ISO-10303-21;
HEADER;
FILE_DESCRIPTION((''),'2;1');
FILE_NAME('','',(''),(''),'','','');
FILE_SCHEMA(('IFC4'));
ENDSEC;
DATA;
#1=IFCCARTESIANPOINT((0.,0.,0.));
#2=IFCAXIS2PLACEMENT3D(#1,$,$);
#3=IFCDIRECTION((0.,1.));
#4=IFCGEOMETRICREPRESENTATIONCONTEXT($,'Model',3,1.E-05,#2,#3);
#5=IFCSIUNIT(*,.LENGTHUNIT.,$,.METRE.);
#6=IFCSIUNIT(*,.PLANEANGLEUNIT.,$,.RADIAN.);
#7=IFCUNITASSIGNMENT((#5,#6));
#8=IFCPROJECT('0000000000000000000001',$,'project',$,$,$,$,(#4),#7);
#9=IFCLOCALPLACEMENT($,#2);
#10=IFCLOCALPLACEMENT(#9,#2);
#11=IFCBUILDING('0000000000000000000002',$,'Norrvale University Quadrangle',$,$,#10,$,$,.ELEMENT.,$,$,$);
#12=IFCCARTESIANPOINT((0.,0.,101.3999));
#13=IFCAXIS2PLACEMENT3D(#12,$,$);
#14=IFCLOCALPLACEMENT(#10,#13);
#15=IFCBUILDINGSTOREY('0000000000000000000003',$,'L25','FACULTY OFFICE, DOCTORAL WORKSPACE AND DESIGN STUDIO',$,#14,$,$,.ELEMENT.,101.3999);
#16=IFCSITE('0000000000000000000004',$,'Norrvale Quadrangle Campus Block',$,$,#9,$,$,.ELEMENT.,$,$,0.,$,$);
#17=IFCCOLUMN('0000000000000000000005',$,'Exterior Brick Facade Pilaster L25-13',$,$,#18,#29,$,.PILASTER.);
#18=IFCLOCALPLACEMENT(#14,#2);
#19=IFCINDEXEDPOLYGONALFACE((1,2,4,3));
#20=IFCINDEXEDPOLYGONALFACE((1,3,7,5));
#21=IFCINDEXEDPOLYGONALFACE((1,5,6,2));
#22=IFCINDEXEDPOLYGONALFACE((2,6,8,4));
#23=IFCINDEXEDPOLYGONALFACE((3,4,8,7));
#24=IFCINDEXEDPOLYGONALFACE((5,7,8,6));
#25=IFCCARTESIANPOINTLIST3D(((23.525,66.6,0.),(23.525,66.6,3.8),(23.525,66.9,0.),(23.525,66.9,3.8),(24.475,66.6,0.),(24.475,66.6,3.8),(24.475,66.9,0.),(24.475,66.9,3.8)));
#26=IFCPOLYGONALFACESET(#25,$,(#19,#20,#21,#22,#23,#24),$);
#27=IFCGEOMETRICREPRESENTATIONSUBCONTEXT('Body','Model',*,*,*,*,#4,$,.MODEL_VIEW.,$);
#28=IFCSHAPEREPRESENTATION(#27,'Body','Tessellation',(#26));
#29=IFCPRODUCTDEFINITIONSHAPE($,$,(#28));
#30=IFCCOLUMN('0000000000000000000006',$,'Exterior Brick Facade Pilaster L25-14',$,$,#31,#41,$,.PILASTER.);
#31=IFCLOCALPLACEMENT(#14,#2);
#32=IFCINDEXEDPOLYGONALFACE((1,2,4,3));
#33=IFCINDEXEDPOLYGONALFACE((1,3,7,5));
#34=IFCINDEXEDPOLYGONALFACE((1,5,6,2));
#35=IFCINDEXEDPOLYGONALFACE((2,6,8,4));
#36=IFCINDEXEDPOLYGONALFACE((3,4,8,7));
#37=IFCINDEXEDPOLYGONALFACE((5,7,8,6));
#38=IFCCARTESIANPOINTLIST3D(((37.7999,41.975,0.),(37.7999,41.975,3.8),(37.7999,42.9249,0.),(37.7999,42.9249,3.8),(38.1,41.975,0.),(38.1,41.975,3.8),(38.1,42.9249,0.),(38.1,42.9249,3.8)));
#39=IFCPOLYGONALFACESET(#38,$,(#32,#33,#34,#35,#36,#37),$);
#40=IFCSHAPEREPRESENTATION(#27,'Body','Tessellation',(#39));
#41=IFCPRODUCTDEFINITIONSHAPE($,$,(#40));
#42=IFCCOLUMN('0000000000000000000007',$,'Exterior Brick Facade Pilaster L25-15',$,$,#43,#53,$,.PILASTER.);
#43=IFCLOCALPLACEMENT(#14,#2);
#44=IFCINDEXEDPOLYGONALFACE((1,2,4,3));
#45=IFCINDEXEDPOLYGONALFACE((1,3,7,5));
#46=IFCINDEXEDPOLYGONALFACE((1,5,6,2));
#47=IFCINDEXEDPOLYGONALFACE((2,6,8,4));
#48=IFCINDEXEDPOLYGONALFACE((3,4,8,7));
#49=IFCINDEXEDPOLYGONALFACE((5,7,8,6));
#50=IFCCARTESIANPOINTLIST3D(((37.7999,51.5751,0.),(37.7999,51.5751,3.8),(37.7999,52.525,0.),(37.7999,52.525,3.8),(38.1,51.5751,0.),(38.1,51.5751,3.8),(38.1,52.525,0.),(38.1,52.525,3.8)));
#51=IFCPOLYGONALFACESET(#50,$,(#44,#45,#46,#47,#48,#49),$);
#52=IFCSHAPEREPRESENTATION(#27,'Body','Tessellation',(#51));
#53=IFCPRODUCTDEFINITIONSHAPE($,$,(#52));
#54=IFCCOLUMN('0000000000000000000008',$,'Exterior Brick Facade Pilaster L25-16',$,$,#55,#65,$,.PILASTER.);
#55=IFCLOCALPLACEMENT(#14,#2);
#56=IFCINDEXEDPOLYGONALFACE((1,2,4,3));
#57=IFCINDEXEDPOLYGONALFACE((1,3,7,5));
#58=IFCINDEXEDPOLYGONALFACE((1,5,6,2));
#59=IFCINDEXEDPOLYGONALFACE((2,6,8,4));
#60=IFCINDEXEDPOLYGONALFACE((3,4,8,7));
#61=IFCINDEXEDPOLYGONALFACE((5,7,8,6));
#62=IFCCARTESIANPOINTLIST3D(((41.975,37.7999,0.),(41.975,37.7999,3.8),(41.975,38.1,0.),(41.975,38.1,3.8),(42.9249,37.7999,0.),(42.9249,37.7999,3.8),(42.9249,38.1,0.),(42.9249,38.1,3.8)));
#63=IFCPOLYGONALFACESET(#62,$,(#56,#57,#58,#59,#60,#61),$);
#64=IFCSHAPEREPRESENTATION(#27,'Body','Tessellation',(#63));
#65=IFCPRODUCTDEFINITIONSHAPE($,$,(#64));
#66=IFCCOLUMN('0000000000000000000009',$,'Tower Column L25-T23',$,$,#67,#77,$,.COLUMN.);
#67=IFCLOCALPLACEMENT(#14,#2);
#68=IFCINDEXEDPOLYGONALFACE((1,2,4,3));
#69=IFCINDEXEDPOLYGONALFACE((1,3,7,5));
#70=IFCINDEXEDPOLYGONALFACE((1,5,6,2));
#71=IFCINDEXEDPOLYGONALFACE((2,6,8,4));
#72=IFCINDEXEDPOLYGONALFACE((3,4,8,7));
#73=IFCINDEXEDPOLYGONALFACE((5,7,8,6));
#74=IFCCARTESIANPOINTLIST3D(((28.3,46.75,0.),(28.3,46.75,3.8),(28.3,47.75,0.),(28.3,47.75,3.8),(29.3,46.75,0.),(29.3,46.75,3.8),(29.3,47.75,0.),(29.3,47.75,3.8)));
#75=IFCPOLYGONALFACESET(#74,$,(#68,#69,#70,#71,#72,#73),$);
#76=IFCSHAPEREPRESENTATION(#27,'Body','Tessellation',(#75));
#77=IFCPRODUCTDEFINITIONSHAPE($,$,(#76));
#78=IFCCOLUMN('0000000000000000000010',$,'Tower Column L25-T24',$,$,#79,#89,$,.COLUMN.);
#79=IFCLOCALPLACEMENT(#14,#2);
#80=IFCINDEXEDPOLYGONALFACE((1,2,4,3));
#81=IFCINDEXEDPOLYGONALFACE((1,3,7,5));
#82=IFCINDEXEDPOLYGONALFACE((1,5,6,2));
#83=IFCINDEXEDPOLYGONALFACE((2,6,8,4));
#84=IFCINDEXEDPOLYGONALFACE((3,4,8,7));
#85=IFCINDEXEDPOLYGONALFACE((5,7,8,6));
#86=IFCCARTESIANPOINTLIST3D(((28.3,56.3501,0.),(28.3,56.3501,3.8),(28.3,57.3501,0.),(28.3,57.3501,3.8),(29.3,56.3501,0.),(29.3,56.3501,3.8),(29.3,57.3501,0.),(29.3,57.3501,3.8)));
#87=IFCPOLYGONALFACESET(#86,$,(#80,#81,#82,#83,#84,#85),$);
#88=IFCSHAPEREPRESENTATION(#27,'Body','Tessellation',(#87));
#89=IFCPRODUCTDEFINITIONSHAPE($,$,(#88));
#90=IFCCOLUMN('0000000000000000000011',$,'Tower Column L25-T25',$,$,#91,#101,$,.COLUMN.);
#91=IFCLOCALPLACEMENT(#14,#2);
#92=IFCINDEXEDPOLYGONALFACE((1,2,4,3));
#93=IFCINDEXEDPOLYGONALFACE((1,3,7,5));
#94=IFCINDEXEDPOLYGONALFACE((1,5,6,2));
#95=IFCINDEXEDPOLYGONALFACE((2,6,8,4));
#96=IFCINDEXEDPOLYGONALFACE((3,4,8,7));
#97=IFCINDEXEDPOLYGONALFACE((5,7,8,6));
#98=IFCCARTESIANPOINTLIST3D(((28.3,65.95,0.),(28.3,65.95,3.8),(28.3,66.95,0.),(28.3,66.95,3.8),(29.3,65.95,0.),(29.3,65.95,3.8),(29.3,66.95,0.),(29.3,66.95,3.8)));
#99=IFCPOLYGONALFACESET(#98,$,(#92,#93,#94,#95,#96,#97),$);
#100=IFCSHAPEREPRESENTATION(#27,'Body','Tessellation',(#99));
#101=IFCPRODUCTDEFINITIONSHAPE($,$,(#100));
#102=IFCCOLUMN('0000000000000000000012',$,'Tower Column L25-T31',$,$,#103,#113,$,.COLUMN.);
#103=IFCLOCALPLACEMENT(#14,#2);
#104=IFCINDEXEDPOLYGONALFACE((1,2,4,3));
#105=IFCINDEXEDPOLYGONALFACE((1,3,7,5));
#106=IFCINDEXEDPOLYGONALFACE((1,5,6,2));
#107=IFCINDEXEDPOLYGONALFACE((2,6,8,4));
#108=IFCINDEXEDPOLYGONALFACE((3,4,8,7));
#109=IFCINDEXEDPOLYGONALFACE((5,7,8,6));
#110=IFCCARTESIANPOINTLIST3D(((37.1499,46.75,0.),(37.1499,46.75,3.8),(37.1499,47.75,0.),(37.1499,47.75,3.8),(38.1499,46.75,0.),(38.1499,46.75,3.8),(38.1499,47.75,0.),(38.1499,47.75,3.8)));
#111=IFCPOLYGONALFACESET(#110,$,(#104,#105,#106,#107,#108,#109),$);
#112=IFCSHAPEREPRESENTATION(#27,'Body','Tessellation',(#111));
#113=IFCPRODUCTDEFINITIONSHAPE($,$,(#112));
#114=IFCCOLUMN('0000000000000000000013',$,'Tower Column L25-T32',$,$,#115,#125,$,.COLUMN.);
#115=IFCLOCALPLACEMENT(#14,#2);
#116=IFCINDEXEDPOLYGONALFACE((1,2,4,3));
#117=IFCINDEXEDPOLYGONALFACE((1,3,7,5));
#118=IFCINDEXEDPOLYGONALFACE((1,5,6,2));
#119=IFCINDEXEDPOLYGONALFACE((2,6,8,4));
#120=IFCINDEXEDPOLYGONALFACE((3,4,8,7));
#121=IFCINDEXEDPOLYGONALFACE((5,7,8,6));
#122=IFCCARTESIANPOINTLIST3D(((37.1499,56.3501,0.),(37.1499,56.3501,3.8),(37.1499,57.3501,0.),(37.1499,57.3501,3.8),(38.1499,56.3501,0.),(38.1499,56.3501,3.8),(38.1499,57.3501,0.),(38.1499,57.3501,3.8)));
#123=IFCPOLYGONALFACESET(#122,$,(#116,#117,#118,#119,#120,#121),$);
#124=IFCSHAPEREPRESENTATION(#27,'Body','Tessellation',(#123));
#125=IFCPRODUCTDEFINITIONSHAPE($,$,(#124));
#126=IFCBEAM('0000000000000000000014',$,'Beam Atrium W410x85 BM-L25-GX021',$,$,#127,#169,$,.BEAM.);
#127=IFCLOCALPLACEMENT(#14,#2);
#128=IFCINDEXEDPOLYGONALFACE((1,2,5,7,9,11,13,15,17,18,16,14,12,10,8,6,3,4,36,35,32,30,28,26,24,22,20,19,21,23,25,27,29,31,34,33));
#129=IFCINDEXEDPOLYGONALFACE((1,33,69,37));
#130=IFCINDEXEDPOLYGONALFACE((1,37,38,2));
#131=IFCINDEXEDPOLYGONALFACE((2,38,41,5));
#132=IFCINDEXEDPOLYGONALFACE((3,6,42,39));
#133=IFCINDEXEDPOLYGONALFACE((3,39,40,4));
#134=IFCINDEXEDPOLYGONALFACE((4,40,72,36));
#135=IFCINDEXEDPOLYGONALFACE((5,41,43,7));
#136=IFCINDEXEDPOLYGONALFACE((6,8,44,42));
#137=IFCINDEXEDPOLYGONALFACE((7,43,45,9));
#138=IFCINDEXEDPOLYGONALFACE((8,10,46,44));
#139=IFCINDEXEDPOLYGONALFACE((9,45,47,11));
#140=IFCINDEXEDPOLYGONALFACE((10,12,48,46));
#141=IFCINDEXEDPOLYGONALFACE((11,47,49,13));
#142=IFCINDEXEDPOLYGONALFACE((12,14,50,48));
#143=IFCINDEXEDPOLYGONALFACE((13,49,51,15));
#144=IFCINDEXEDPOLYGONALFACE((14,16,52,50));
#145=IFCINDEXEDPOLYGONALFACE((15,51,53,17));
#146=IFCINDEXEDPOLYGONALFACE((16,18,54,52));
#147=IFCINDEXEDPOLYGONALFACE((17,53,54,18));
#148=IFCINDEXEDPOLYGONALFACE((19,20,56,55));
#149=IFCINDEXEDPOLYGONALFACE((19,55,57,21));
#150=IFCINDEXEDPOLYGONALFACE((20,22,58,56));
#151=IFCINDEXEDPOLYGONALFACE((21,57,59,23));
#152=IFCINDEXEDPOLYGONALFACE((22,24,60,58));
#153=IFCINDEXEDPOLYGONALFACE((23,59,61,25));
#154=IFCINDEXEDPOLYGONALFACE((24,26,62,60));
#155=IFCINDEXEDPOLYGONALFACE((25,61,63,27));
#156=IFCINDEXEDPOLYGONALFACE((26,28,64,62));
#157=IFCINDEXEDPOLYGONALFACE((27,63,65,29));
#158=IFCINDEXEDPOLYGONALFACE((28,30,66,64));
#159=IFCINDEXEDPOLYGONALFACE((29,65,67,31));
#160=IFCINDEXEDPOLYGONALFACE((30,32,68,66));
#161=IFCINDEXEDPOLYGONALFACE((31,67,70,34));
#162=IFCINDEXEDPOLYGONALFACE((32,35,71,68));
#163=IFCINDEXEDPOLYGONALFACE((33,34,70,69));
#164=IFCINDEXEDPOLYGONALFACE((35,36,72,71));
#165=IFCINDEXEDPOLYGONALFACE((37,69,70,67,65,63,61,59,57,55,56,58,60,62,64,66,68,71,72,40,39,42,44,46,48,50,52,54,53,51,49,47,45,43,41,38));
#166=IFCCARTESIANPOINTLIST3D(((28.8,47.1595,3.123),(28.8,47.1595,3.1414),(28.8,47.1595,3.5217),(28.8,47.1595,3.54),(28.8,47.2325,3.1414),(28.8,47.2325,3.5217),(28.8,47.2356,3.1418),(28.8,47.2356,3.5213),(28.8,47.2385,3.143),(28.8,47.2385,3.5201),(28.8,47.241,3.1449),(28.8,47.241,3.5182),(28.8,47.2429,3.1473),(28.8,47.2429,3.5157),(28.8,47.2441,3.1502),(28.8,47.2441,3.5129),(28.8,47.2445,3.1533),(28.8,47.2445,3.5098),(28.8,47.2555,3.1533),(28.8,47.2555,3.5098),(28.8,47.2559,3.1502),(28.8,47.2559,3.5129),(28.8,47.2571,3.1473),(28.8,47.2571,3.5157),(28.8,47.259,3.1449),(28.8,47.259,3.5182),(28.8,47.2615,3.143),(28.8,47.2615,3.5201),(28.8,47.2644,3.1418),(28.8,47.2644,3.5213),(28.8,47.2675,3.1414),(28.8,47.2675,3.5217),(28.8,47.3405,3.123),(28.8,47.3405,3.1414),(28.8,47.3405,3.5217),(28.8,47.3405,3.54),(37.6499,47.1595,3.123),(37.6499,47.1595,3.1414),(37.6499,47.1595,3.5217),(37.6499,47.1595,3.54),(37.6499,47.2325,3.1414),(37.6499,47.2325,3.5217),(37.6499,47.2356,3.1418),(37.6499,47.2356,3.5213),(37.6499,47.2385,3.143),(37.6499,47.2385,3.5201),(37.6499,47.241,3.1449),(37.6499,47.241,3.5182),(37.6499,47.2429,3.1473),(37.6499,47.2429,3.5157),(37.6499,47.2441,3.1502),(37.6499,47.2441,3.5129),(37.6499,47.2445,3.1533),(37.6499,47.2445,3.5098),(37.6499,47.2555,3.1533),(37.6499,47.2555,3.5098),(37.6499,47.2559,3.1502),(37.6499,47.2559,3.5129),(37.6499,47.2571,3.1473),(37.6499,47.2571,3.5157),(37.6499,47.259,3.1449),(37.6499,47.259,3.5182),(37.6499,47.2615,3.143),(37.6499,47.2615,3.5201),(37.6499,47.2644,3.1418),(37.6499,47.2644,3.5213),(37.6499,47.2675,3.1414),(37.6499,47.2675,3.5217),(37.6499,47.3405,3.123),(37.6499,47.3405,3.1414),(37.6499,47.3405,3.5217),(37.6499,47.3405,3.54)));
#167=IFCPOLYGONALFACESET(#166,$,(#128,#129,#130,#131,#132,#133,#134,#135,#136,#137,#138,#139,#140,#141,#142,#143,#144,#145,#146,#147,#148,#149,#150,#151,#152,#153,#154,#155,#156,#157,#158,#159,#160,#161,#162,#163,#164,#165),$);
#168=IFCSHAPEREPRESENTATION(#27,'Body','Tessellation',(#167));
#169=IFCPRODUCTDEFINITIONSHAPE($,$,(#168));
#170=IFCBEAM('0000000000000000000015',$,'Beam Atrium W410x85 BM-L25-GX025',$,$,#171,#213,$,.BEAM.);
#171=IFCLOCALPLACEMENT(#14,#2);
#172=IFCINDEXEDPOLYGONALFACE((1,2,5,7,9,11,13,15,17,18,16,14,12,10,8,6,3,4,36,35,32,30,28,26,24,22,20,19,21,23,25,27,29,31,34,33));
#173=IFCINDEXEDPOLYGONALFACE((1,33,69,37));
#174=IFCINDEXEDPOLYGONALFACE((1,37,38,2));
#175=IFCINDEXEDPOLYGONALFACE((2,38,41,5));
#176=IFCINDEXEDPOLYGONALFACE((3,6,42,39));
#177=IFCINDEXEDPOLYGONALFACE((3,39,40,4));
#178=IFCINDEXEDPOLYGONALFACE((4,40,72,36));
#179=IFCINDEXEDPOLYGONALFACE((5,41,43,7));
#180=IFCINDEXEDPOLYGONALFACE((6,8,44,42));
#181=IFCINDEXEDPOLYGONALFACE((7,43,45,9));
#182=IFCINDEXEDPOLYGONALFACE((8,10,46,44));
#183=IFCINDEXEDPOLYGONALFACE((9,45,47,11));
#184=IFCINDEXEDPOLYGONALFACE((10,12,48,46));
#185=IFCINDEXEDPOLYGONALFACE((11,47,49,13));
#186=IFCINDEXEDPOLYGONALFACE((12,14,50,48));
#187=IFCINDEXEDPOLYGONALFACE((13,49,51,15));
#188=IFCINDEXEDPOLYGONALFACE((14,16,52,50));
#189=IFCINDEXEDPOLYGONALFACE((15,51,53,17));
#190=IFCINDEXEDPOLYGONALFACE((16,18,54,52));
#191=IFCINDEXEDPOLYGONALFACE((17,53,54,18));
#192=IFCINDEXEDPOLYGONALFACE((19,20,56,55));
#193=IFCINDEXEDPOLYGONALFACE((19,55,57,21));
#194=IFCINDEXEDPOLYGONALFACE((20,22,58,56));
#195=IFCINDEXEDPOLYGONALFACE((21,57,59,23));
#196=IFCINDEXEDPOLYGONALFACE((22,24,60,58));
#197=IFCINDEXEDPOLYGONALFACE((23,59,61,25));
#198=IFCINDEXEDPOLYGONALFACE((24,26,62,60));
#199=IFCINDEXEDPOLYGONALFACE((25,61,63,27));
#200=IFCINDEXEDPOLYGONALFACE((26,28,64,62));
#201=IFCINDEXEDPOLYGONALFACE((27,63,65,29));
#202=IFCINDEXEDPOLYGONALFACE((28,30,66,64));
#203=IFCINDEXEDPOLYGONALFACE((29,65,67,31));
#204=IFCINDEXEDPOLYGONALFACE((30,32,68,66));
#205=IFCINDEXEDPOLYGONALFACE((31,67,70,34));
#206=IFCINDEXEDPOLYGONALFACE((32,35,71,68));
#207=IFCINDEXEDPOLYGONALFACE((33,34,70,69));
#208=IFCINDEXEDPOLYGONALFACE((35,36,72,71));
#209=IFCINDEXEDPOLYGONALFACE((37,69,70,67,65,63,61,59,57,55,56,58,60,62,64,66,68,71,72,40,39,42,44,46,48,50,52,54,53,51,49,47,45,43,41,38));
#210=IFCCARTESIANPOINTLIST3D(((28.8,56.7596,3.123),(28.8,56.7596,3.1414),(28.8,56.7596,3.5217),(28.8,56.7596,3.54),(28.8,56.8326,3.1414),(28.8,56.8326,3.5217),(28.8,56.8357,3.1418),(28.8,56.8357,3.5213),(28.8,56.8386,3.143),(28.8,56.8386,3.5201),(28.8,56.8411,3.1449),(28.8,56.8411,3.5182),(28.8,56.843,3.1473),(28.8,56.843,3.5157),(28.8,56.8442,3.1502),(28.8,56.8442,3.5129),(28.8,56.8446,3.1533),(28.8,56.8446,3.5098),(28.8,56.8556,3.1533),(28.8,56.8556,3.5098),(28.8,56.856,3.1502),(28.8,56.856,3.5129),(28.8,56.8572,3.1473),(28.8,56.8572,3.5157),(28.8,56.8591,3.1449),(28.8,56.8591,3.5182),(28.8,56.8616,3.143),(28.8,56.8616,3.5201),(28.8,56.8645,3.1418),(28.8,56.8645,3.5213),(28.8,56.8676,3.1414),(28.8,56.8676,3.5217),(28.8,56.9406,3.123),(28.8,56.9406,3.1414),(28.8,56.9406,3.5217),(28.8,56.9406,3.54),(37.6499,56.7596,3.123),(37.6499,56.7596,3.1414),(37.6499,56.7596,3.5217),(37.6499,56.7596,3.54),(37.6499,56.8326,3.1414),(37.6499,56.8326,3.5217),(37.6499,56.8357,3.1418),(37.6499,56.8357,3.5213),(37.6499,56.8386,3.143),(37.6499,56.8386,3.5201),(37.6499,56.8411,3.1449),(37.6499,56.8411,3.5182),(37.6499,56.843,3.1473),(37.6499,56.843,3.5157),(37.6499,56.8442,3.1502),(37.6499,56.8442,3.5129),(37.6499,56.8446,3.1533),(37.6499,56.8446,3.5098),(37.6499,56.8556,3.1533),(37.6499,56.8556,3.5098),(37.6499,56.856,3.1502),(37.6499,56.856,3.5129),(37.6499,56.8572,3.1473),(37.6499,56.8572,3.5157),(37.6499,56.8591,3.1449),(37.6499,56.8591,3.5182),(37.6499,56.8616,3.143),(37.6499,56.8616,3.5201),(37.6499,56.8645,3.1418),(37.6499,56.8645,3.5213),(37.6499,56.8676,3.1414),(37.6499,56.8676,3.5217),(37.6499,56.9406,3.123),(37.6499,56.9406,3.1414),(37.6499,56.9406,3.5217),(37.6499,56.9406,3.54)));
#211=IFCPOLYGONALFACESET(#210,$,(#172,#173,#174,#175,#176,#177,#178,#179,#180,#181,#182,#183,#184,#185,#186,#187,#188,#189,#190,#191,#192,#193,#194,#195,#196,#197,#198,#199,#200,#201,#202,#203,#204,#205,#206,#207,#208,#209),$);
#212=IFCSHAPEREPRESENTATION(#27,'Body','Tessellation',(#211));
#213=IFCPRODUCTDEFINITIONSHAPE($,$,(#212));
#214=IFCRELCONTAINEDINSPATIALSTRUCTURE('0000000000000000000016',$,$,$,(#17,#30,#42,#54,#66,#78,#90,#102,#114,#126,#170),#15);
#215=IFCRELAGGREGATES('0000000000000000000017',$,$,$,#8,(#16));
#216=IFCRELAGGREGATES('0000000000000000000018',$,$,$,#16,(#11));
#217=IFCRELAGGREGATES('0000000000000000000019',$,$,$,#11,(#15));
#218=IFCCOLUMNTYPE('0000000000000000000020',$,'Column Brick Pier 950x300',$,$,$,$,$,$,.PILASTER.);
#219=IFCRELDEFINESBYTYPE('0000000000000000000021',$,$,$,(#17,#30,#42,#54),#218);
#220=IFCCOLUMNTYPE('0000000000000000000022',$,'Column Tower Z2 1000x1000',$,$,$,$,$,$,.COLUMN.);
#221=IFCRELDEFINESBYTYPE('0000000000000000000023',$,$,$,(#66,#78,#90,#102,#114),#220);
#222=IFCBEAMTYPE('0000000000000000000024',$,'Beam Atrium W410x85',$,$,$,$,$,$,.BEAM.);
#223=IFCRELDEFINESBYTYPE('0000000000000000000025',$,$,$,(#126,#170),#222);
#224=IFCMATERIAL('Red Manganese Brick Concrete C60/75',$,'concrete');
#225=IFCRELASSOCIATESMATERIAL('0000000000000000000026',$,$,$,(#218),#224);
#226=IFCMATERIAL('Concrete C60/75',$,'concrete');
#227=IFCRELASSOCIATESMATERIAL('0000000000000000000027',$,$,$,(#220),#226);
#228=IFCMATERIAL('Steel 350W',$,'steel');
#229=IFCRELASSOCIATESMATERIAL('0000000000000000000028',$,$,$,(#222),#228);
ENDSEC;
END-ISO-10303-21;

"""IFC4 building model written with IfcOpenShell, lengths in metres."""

from ifc_helpers import new_model, si_unit, direction, frame, origin, origin_2d, place, context, subcontext, project, spatial, rectangle, i_section, extrude, material, material_profile, profile_set, type_object, element, save


model = new_model("IFC4")

# Units and contexts
model_context = context("Model", 3, precision=1e-05, world=origin(), true_north=direction((0.0, 1.0)))
body_context = subcontext(model_context, "Body", "Model", "MODEL_VIEW")
ifc_project = project(units=[si_unit("LENGTHUNIT", "METRE"), si_unit("PLANEANGLEUNIT", "RADIAN")], contexts=[model_context])

# Site, building, storey
site_placement = place(None, origin())
site = spatial("IfcSite", under=ifc_project, at=site_placement, Name="Norrvale Quadrangle Campus Block", CompositionType="ELEMENT", RefElevation=0.0)
building_placement = place(site_placement, origin())
building = spatial("IfcBuilding", under=site, at=building_placement, Name="Norrvale University Quadrangle", CompositionType="ELEMENT")
storey_placement = place(building_placement, frame((0.0, 0.0, 101.3999)))
storey = spatial("IfcBuildingStorey", under=building, at=storey_placement, Name="L25", Description="FACULTY OFFICE, DOCTORAL WORKSPACE AND DESIGN STUDIO", CompositionType="ELEMENT", Elevation=101.3999)

# Columns
ifc_material_1 = material(Name="Red Manganese Brick Concrete C60/75", Category="concrete")
ifc_material_profile_1 = material_profile(ifc_material_1, rectangle(XDim=0.95, YDim=0.3, at=origin_2d()), Name="Red Manganese Brick Concrete C60/75")
ifc_profile_set_1 = profile_set([ifc_material_profile_1], Name="Red Manganese Brick Concrete C60/75")
column_type_1 = type_object("IfcColumnType", Name="Column Brick Pier 950x300", PredefinedType="PILASTER", material=ifc_profile_set_1)
for number, where, z_axis, x_axis, name in (
    (1, (24.0, 66.75, 0.0), (0.0, 0.0, 1.0), (1.0, 0.0, 0.0), "Exterior Brick Facade Pilaster L25-13"),
    (2, (37.95, 42.45, 0.0), (0.0, 0.0, 1.0), (0.0, 1.0, 0.0), "Exterior Brick Facade Pilaster L25-14"),
    (3, (37.95, 52.05, 0.0), (0.0, 0.0, 1.0), (0.0, 1.0, 0.0), "Exterior Brick Facade Pilaster L25-15"),
    (4, (42.45, 37.95, 0.0), (0.0, 0.0, 1.0), (1.0, 0.0, 0.0), "Exterior Brick Facade Pilaster L25-16"),
):
    element("IfcColumn", number, at=place(storey_placement, frame(where, z_axis=z_axis, x_axis=x_axis)), inside=storey, type_object=column_type_1, Name=name, PredefinedType="PILASTER", context=body_context, shape_type="SweptSolid", body=[
        extrude(rectangle(XDim=0.95, YDim=0.3, at=origin_2d()), origin(), (0.0, 0.0, 1.0), 3.8),
    ])
ifc_material_2 = material(Name="Concrete C60/75", Category="concrete")
ifc_material_profile_2 = material_profile(ifc_material_2, rectangle(XDim=1.0, YDim=1.0, at=origin_2d()), Name="Concrete C60/75")
ifc_profile_set_2 = profile_set([ifc_material_profile_2], Name="Concrete C60/75")
column_type_2 = type_object("IfcColumnType", Name="Column Tower Z2 1000x1000", PredefinedType="COLUMN", material=ifc_profile_set_2)
for number, where, z_axis, x_axis, name in (
    (5, (28.8, 47.25, 0.0), (0.0, 0.0, 1.0), (1.0, 0.0, 0.0), "Tower Column L25-T23"),
    (6, (28.8, 56.8501, 0.0), (0.0, 0.0, 1.0), (1.0, 0.0, 0.0), "Tower Column L25-T24"),
    (7, (28.8, 66.45, 0.0), (0.0, 0.0, 1.0), (1.0, 0.0, 0.0), "Tower Column L25-T25"),
    (8, (37.6499, 47.25, 0.0), (0.0, 0.0, 1.0), (1.0, 0.0, 0.0), "Tower Column L25-T31"),
    (9, (37.6499, 56.8501, 0.0), (0.0, 0.0, 1.0), (1.0, 0.0, 0.0), "Tower Column L25-T32"),
):
    element("IfcColumn", number, at=place(storey_placement, frame(where, z_axis=z_axis, x_axis=x_axis)), inside=storey, type_object=column_type_2, Name=name, PredefinedType="COLUMN", context=body_context, shape_type="SweptSolid", body=[
        extrude(rectangle(XDim=1.0, YDim=1.0, at=origin_2d()), origin(), (0.0, 0.0, 1.0), 3.8),
    ])

# Beams
ifc_material_3 = material(Name="Steel 350W", Category="steel")
ifc_material_profile_3 = material_profile(ifc_material_3, i_section(OverallWidth=0.1809, OverallDepth=0.417, WebThickness=0.011, FlangeThickness=0.0183, FilletRadius=0.012, at=origin_2d()), Name="Steel 350W")
ifc_profile_set_3 = profile_set([ifc_material_profile_3], Name="Steel 350W")
beam_type_1 = type_object("IfcBeamType", Name="Beam Atrium W410x85", PredefinedType="BEAM", material=ifc_profile_set_3)
for number, where, z_axis, x_axis, name in (
    (10, (28.8, 47.25, 3.3315), (1.0, 0.0, 0.0), (0.0, 1.0, 0.0), "Beam Atrium W410x85 BM-L25-GX021"),
    (11, (28.8, 56.8501, 3.3315), (1.0, 0.0, 0.0), (0.0, 1.0, 0.0), "Beam Atrium W410x85 BM-L25-GX025"),
):
    element("IfcBeam", number, at=place(storey_placement, frame(where, z_axis=z_axis, x_axis=x_axis)), inside=storey, type_object=beam_type_1, Name=name, PredefinedType="BEAM", context=body_context, shape_type="SweptSolid", body=[
        extrude(i_section(OverallWidth=0.1809, OverallDepth=0.417, WebThickness=0.011, FlangeThickness=0.0183, FilletRadius=0.012, at=origin_2d()), origin(), (0.0, 0.0, 1.0), 8.8499),
    ])

save(model, "model.ifc")
